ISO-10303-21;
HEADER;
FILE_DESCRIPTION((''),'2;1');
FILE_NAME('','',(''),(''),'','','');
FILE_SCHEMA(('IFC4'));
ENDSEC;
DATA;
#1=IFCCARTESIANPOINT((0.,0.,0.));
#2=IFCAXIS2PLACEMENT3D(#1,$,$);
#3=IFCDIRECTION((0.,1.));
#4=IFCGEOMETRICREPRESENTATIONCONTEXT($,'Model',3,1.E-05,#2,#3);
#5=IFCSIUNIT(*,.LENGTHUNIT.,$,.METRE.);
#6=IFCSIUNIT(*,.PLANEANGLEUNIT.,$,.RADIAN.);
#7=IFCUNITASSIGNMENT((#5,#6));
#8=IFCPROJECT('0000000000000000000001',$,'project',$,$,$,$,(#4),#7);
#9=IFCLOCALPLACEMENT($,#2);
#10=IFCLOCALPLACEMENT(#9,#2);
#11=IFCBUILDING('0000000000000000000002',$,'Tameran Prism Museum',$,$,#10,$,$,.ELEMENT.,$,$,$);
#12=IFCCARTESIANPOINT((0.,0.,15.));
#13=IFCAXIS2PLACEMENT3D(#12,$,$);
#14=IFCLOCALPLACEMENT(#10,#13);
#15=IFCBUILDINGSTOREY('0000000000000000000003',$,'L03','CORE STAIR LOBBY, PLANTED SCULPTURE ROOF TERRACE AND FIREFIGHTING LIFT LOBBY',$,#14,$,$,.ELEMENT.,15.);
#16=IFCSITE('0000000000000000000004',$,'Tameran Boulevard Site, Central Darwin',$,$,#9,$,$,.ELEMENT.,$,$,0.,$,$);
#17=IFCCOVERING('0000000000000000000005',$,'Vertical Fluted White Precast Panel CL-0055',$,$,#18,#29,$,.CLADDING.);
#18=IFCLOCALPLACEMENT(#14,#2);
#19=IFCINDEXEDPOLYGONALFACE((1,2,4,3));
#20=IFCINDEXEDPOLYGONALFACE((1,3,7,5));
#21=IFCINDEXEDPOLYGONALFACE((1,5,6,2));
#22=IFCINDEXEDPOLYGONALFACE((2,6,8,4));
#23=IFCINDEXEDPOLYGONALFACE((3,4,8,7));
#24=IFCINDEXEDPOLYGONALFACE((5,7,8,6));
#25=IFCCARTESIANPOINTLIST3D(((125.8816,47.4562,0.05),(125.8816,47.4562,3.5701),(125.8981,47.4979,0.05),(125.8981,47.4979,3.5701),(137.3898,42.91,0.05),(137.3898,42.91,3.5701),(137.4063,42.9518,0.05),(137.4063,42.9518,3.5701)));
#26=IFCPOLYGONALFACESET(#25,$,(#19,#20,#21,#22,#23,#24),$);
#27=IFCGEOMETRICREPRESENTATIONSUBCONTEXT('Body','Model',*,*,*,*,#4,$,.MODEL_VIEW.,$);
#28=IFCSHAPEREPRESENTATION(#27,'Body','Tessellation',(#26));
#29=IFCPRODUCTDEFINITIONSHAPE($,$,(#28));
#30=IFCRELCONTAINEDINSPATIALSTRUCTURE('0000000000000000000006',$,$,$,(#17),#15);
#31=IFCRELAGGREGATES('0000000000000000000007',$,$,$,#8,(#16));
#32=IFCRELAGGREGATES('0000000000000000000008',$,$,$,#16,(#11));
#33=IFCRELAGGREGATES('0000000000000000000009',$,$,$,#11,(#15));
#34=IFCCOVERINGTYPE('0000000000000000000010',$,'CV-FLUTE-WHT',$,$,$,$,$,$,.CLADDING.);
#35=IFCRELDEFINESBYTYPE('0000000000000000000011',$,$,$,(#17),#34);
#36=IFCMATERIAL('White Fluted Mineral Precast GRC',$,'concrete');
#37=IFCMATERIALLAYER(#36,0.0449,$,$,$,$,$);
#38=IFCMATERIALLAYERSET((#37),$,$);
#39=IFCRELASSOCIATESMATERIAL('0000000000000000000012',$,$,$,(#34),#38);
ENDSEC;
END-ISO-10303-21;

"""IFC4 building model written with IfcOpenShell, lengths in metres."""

from ifc_helpers import new_model, si_unit, direction, frame, frame_2d, origin, place, context, subcontext, project, spatial, rectangle, extrude, material, layer, layer_set, type_object, element, save


model = new_model("IFC4")

# Units and contexts
model_context = context("Model", 3, precision=1e-05, world=origin(), true_north=direction((0.0, 1.0)))
body_context = subcontext(model_context, "Body", "Model", "MODEL_VIEW")
ifc_project = project(units=[si_unit("LENGTHUNIT", "METRE"), si_unit("PLANEANGLEUNIT", "RADIAN")], contexts=[model_context])

# Site, building, storey
site_placement = place(None, origin())
site = spatial("IfcSite", under=ifc_project, at=site_placement, Name="Tameran Boulevard Site, Central Darwin", CompositionType="ELEMENT", RefElevation=0.0)
building_placement = place(site_placement, origin())
building = spatial("IfcBuilding", under=site, at=building_placement, Name="Tameran Prism Museum", CompositionType="ELEMENT")
storey_placement = place(building_placement, frame((0.0, 0.0, 15.0)))
storey = spatial("IfcBuildingStorey", under=building, at=storey_placement, Name="L03", Description="CORE STAIR LOBBY, PLANTED SCULPTURE ROOF TERRACE AND FIREFIGHTING LIFT LOBBY", CompositionType="ELEMENT", Elevation=15.0)

# Covering
ifc_material_1 = material(Name="White Fluted Mineral Precast GRC", Category="concrete")
ifc_layer_1 = layer(ifc_material_1, 0.0449)
ifc_layer_set_1 = layer_set([ifc_layer_1])
covering_type = type_object("IfcCoveringType", Name="CV-FLUTE-WHT", PredefinedType="CLADDING", material=ifc_layer_set_1)
covering_1_placement = place(storey_placement, frame((125.8899, 47.4771, 0.05), z_axis=(0.0, 0.0, 1.0), x_axis=(0.930059, -0.36741, 0.0)))
element("IfcCovering", 1, at=covering_1_placement, inside=storey, type_object=covering_type, Name="Vertical Fluted White Precast Panel CL-0055", PredefinedType="CLADDING", context=body_context, shape_type="SweptSolid", body=[
    extrude(rectangle(XDim=12.3735, YDim=0.0449, at=frame_2d((6.1868, 0.0))), origin(), (0.0, 0.0, 1.0), 3.52),
])

save(model, "model.ifc")
